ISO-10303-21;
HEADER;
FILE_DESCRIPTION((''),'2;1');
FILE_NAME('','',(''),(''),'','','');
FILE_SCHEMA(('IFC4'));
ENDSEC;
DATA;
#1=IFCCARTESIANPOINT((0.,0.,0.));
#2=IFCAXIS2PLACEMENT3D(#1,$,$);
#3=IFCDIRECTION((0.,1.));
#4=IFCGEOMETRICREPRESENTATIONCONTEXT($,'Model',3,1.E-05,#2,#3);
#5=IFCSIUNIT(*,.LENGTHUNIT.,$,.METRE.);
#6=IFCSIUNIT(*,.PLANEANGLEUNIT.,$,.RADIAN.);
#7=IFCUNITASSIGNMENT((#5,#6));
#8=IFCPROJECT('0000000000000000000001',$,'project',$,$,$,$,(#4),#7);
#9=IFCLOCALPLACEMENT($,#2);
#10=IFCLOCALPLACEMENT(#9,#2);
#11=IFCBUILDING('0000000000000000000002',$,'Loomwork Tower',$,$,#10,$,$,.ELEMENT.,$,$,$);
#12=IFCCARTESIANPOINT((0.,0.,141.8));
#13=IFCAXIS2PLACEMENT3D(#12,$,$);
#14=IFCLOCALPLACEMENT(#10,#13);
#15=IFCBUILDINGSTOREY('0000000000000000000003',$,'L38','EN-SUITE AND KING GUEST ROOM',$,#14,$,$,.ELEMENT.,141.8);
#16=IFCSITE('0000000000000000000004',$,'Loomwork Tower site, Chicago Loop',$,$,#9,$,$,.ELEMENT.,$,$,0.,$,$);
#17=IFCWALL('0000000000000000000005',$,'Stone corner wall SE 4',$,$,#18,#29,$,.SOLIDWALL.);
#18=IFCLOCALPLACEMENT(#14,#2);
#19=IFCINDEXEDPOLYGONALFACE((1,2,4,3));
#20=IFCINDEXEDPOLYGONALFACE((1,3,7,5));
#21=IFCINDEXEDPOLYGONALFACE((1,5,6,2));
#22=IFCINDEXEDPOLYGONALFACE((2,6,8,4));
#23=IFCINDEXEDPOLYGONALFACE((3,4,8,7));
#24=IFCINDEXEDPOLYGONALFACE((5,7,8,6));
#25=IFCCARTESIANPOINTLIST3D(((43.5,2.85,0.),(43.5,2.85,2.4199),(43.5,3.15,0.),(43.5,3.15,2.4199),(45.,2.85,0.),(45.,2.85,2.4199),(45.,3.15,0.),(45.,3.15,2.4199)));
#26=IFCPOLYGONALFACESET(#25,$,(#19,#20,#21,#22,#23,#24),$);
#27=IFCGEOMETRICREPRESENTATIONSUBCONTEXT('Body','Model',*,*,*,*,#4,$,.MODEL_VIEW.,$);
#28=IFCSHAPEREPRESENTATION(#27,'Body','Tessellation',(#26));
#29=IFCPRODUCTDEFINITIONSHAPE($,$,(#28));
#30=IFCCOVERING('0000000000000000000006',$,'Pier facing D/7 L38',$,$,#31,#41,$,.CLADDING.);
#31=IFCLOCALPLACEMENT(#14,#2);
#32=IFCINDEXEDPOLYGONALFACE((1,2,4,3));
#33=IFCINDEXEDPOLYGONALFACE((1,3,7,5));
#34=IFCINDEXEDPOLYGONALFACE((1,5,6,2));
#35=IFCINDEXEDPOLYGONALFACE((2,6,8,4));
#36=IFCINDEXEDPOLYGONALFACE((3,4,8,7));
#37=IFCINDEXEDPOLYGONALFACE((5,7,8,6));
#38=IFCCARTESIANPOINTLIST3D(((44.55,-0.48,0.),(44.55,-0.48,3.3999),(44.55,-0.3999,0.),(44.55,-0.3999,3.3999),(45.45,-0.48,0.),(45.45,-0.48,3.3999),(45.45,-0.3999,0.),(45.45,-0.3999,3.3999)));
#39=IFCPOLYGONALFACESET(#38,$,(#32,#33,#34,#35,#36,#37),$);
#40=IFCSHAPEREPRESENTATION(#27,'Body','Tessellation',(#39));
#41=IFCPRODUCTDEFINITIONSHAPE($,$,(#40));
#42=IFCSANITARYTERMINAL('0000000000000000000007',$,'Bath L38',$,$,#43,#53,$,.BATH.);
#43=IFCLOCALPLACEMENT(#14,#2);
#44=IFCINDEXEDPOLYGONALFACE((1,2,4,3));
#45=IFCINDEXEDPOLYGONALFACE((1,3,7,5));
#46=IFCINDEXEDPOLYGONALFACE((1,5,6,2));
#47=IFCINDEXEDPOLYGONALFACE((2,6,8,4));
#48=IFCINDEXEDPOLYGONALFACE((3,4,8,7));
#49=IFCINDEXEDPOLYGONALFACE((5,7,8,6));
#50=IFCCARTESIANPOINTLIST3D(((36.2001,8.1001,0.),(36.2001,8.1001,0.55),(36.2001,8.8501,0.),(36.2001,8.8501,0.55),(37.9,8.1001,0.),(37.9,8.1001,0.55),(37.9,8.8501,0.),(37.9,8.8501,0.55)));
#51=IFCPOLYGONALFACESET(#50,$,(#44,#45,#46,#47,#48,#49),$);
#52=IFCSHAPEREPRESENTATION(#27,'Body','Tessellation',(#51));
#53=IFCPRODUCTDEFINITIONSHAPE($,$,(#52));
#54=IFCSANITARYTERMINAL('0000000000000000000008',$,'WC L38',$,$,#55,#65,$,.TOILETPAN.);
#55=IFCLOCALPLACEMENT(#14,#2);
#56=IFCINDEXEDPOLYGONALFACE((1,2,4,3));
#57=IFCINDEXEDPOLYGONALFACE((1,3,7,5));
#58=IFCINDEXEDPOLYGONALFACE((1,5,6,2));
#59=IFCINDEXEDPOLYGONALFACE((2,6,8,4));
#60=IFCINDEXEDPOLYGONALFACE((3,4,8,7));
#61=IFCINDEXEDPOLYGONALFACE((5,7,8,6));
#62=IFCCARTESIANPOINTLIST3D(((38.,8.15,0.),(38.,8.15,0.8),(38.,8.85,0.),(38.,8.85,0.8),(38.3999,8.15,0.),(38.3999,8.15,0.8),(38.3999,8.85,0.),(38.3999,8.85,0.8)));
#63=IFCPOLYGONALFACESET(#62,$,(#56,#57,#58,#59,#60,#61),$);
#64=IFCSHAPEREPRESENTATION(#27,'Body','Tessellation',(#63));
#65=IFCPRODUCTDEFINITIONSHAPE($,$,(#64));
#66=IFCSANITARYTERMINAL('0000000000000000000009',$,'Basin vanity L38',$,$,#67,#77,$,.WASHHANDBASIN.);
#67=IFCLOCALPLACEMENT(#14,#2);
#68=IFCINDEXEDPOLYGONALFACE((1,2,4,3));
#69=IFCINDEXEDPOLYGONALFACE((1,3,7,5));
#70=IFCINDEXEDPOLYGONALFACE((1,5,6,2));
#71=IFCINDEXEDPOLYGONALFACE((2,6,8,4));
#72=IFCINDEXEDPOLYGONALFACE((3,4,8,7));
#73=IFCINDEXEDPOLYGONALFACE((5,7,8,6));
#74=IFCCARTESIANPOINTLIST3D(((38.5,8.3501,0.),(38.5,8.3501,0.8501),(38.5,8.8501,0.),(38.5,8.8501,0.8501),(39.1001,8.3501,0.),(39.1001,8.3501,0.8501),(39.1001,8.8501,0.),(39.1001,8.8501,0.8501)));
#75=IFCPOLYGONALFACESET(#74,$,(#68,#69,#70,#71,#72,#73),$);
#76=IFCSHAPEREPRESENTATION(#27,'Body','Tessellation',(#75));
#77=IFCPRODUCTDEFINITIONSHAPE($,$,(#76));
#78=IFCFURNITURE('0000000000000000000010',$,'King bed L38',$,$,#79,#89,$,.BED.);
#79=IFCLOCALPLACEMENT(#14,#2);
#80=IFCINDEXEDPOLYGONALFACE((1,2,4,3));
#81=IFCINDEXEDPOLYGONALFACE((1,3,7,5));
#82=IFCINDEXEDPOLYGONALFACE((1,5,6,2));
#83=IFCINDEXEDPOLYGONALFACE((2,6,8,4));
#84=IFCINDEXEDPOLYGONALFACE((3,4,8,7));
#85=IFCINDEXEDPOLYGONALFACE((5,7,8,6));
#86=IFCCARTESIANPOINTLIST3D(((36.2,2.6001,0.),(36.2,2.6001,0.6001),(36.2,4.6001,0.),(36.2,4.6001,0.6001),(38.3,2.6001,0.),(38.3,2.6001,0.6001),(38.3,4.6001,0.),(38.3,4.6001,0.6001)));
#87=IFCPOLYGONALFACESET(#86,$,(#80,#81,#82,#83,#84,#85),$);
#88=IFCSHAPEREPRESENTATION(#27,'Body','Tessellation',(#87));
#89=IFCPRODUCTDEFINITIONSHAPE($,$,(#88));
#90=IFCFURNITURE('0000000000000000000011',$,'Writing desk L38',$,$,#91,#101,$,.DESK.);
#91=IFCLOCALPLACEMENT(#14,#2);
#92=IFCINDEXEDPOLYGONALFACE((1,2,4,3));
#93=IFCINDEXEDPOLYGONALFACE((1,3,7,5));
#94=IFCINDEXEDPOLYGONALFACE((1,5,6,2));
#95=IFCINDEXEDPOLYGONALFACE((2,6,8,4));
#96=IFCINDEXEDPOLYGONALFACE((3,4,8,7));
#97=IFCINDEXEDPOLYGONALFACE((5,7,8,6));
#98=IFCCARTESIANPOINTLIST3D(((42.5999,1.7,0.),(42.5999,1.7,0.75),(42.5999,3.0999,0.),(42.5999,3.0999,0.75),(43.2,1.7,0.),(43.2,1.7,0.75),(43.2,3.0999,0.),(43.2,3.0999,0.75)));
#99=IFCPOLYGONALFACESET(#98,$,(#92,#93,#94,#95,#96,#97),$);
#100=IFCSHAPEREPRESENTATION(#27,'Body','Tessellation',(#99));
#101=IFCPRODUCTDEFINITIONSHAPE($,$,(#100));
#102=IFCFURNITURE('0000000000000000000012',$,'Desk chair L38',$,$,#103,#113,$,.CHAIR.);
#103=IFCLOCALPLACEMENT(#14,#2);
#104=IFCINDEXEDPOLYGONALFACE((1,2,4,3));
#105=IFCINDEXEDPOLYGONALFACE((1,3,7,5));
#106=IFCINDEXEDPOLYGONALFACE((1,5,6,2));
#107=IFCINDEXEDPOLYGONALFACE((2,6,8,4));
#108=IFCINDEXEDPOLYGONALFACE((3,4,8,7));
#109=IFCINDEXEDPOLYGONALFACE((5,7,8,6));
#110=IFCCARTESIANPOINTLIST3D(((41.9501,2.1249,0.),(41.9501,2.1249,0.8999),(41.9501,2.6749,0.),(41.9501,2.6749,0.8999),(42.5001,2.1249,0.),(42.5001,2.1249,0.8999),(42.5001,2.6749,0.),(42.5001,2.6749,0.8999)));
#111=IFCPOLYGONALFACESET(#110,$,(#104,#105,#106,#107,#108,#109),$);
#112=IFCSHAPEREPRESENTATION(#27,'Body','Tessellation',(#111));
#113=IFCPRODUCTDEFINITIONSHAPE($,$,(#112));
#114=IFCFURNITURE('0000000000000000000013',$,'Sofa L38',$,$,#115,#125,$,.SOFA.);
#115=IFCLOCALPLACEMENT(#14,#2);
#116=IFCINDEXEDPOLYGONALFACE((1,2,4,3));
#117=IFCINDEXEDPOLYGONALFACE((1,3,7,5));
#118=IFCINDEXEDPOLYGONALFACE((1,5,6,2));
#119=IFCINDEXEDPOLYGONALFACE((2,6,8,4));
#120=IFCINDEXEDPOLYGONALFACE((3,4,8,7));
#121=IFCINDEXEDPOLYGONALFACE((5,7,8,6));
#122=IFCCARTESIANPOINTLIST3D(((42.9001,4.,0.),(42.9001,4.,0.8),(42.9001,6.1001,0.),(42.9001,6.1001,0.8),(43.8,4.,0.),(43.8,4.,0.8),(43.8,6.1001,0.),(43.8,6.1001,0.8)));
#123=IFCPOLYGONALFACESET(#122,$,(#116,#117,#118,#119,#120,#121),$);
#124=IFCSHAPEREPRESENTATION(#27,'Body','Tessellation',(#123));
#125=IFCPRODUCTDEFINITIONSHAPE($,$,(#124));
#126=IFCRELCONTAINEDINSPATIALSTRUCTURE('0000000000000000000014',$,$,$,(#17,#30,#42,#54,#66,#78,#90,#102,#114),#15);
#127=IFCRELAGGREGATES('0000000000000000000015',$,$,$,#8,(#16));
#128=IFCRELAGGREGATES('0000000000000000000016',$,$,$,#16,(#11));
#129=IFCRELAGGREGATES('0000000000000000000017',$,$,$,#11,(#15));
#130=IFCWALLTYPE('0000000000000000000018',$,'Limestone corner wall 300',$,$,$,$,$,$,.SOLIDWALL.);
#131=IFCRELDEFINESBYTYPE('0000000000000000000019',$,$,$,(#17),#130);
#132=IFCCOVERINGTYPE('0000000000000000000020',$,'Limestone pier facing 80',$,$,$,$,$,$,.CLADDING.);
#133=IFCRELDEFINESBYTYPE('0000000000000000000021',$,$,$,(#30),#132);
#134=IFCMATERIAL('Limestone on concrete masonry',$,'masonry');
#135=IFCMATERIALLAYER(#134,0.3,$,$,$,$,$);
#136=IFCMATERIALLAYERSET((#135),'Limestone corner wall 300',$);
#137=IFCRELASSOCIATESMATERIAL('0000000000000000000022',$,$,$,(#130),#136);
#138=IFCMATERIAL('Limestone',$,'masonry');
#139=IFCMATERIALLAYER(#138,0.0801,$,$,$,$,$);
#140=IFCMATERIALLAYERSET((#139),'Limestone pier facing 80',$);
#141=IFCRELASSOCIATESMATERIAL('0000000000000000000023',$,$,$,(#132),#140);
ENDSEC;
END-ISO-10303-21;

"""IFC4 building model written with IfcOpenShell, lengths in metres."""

from ifc_helpers import new_model, si_unit, direction, frame, frame_2d, origin, origin_2d, place, context, subcontext, project, spatial, rectangle, extrude, material, layer, layer_set, type_object, element, save


model = new_model("IFC4")

# Units and contexts
model_context = context("Model", 3, precision=1e-05, world=origin(), true_north=direction((0.0, 1.0)))
body_context = subcontext(model_context, "Body", "Model", "MODEL_VIEW")
ifc_project = project(units=[si_unit("LENGTHUNIT", "METRE"), si_unit("PLANEANGLEUNIT", "RADIAN")], contexts=[model_context])

# Site, building, storey
site_placement = place(None, origin())
site = spatial("IfcSite", under=ifc_project, at=site_placement, Name="Loomwork Tower site, Chicago Loop", CompositionType="ELEMENT", RefElevation=0.0)
building_placement = place(site_placement, origin())
building = spatial("IfcBuilding", under=site, at=building_placement, Name="Loomwork Tower", CompositionType="ELEMENT")
storey_placement = place(building_placement, frame((0.0, 0.0, 141.8)))
storey = spatial("IfcBuildingStorey", under=building, at=storey_placement, Name="L38", Description="EN-SUITE AND KING GUEST ROOM", CompositionType="ELEMENT", Elevation=141.8)

# Shared definitions
ifc_material_1 = material(Name="Limestone on concrete masonry", Category="masonry")
ifc_layer_1 = layer(ifc_material_1, 0.3)
ifc_layer_set_1 = layer_set([ifc_layer_1], Name="Limestone corner wall 300")
wall_type_1 = type_object("IfcWallType", Name="Limestone corner wall 300", PredefinedType="SOLIDWALL", material=ifc_layer_set_1)

# Wall
wall_1_placement = place(storey_placement, frame((43.5, 3.0, 0.0), z_axis=(0.0, 0.0, 1.0), x_axis=(1.0, 0.0, 0.0)))
element("IfcWall", 1, at=wall_1_placement, inside=storey, type_object=wall_type_1, Name="Stone corner wall SE 4", PredefinedType="SOLIDWALL", context=body_context, shape_type="SweptSolid", body=[
    extrude(rectangle(XDim=1.5, YDim=0.3, at=frame_2d((0.75, 0.0))), origin(), (0.0, 0.0, 1.0), 2.4199),
])

# Covering
ifc_material_2 = material(Name="Limestone", Category="masonry")
ifc_layer_2 = layer(ifc_material_2, 0.0801)
ifc_layer_set_2 = layer_set([ifc_layer_2], Name="Limestone pier facing 80")
covering_type = type_object("IfcCoveringType", Name="Limestone pier facing 80", PredefinedType="CLADDING", material=ifc_layer_set_2)
covering_placement = place(storey_placement, frame((45.0, -0.4399, 0.0), z_axis=(0.0, 0.0, 1.0), x_axis=(1.0, 0.0, 0.0)))
element("IfcCovering", 2, at=covering_placement, inside=storey, type_object=covering_type, Name="Pier facing D/7 L38", PredefinedType="CLADDING", context=body_context, shape_type="SweptSolid", body=[
    extrude(rectangle(XDim=0.8999, YDim=0.0801, at=origin_2d()), origin(), (0.0, 0.0, 1.0), 3.3999),
])

# Sanitary terminals
sanitary_terminal_1_placement = place(storey_placement, frame((37.05, 8.4751, 0.0), z_axis=(0.0, 0.0, 1.0), x_axis=(1.0, 0.0, 0.0)))
element("IfcSanitaryTerminal", 3, at=sanitary_terminal_1_placement, inside=storey, Name="Bath L38", PredefinedType="BATH", context=body_context, shape_type="SweptSolid", body=[
    extrude(rectangle(XDim=1.7, YDim=0.75, at=origin_2d()), origin(), (0.0, 0.0, 1.0), 0.55),
])
sanitary_terminal_2_placement = place(storey_placement, frame((38.2, 8.5, 0.0), z_axis=(0.0, 0.0, 1.0), x_axis=(1.0, 0.0, 0.0)))
element("IfcSanitaryTerminal", 4, at=sanitary_terminal_2_placement, inside=storey, Name="WC L38", PredefinedType="TOILETPAN", context=body_context, shape_type="SweptSolid", body=[
    extrude(rectangle(XDim=0.3999, YDim=0.7, at=origin_2d()), origin(), (0.0, 0.0, 1.0), 0.8),
])
sanitary_terminal_3_placement = place(storey_placement, frame((38.8, 8.6001, 0.0), z_axis=(0.0, 0.0, 1.0), x_axis=(1.0, 0.0, 0.0)))
element("IfcSanitaryTerminal", 5, at=sanitary_terminal_3_placement, inside=storey, Name="Basin vanity L38", PredefinedType="WASHHANDBASIN", context=body_context, shape_type="SweptSolid", body=[
    extrude(rectangle(XDim=0.6001, YDim=0.5, at=origin_2d()), origin(), (0.0, 0.0, 1.0), 0.8501),
])

# Furniture
furniture_1_placement = place(storey_placement, frame((37.25, 3.6001, 0.0), z_axis=(0.0, 0.0, 1.0), x_axis=(1.0, 0.0, 0.0)))
element("IfcFurniture", 6, at=furniture_1_placement, inside=storey, Name="King bed L38", PredefinedType="BED", context=body_context, shape_type="SweptSolid", body=[
    extrude(rectangle(XDim=2.1001, YDim=2.0, at=origin_2d()), origin(), (0.0, 0.0, 1.0), 0.6001),
])
furniture_2_placement = place(storey_placement, frame((42.8999, 2.3999, 0.0), z_axis=(0.0, 0.0, 1.0), x_axis=(1.0, 0.0, 0.0)))
element("IfcFurniture", 7, at=furniture_2_placement, inside=storey, Name="Writing desk L38", PredefinedType="DESK", context=body_context, shape_type="SweptSolid", body=[
    extrude(rectangle(XDim=0.6001, YDim=1.3999, at=origin_2d()), origin(), (0.0, 0.0, 1.0), 0.75),
])
furniture_3_placement = place(storey_placement, frame((42.2251, 2.3999, 0.0), z_axis=(0.0, 0.0, 1.0), x_axis=(1.0, 0.0, 0.0)))
element("IfcFurniture", 8, at=furniture_3_placement, inside=storey, Name="Desk chair L38", PredefinedType="CHAIR", context=body_context, shape_type="SweptSolid", body=[
    extrude(rectangle(XDim=0.55, YDim=0.55, at=origin_2d()), origin(), (0.0, 0.0, 1.0), 0.8999),
])
furniture_4_placement = place(storey_placement, frame((43.3501, 5.05, 0.0), z_axis=(0.0, 0.0, 1.0), x_axis=(1.0, 0.0, 0.0)))
element("IfcFurniture", 9, at=furniture_4_placement, inside=storey, Name="Sofa L38", PredefinedType="SOFA", context=body_context, shape_type="SweptSolid", body=[
    extrude(rectangle(XDim=0.8999, YDim=2.1001, at=origin_2d()), origin(), (0.0, 0.0, 1.0), 0.8),
])

save(model, "model.ifc")
